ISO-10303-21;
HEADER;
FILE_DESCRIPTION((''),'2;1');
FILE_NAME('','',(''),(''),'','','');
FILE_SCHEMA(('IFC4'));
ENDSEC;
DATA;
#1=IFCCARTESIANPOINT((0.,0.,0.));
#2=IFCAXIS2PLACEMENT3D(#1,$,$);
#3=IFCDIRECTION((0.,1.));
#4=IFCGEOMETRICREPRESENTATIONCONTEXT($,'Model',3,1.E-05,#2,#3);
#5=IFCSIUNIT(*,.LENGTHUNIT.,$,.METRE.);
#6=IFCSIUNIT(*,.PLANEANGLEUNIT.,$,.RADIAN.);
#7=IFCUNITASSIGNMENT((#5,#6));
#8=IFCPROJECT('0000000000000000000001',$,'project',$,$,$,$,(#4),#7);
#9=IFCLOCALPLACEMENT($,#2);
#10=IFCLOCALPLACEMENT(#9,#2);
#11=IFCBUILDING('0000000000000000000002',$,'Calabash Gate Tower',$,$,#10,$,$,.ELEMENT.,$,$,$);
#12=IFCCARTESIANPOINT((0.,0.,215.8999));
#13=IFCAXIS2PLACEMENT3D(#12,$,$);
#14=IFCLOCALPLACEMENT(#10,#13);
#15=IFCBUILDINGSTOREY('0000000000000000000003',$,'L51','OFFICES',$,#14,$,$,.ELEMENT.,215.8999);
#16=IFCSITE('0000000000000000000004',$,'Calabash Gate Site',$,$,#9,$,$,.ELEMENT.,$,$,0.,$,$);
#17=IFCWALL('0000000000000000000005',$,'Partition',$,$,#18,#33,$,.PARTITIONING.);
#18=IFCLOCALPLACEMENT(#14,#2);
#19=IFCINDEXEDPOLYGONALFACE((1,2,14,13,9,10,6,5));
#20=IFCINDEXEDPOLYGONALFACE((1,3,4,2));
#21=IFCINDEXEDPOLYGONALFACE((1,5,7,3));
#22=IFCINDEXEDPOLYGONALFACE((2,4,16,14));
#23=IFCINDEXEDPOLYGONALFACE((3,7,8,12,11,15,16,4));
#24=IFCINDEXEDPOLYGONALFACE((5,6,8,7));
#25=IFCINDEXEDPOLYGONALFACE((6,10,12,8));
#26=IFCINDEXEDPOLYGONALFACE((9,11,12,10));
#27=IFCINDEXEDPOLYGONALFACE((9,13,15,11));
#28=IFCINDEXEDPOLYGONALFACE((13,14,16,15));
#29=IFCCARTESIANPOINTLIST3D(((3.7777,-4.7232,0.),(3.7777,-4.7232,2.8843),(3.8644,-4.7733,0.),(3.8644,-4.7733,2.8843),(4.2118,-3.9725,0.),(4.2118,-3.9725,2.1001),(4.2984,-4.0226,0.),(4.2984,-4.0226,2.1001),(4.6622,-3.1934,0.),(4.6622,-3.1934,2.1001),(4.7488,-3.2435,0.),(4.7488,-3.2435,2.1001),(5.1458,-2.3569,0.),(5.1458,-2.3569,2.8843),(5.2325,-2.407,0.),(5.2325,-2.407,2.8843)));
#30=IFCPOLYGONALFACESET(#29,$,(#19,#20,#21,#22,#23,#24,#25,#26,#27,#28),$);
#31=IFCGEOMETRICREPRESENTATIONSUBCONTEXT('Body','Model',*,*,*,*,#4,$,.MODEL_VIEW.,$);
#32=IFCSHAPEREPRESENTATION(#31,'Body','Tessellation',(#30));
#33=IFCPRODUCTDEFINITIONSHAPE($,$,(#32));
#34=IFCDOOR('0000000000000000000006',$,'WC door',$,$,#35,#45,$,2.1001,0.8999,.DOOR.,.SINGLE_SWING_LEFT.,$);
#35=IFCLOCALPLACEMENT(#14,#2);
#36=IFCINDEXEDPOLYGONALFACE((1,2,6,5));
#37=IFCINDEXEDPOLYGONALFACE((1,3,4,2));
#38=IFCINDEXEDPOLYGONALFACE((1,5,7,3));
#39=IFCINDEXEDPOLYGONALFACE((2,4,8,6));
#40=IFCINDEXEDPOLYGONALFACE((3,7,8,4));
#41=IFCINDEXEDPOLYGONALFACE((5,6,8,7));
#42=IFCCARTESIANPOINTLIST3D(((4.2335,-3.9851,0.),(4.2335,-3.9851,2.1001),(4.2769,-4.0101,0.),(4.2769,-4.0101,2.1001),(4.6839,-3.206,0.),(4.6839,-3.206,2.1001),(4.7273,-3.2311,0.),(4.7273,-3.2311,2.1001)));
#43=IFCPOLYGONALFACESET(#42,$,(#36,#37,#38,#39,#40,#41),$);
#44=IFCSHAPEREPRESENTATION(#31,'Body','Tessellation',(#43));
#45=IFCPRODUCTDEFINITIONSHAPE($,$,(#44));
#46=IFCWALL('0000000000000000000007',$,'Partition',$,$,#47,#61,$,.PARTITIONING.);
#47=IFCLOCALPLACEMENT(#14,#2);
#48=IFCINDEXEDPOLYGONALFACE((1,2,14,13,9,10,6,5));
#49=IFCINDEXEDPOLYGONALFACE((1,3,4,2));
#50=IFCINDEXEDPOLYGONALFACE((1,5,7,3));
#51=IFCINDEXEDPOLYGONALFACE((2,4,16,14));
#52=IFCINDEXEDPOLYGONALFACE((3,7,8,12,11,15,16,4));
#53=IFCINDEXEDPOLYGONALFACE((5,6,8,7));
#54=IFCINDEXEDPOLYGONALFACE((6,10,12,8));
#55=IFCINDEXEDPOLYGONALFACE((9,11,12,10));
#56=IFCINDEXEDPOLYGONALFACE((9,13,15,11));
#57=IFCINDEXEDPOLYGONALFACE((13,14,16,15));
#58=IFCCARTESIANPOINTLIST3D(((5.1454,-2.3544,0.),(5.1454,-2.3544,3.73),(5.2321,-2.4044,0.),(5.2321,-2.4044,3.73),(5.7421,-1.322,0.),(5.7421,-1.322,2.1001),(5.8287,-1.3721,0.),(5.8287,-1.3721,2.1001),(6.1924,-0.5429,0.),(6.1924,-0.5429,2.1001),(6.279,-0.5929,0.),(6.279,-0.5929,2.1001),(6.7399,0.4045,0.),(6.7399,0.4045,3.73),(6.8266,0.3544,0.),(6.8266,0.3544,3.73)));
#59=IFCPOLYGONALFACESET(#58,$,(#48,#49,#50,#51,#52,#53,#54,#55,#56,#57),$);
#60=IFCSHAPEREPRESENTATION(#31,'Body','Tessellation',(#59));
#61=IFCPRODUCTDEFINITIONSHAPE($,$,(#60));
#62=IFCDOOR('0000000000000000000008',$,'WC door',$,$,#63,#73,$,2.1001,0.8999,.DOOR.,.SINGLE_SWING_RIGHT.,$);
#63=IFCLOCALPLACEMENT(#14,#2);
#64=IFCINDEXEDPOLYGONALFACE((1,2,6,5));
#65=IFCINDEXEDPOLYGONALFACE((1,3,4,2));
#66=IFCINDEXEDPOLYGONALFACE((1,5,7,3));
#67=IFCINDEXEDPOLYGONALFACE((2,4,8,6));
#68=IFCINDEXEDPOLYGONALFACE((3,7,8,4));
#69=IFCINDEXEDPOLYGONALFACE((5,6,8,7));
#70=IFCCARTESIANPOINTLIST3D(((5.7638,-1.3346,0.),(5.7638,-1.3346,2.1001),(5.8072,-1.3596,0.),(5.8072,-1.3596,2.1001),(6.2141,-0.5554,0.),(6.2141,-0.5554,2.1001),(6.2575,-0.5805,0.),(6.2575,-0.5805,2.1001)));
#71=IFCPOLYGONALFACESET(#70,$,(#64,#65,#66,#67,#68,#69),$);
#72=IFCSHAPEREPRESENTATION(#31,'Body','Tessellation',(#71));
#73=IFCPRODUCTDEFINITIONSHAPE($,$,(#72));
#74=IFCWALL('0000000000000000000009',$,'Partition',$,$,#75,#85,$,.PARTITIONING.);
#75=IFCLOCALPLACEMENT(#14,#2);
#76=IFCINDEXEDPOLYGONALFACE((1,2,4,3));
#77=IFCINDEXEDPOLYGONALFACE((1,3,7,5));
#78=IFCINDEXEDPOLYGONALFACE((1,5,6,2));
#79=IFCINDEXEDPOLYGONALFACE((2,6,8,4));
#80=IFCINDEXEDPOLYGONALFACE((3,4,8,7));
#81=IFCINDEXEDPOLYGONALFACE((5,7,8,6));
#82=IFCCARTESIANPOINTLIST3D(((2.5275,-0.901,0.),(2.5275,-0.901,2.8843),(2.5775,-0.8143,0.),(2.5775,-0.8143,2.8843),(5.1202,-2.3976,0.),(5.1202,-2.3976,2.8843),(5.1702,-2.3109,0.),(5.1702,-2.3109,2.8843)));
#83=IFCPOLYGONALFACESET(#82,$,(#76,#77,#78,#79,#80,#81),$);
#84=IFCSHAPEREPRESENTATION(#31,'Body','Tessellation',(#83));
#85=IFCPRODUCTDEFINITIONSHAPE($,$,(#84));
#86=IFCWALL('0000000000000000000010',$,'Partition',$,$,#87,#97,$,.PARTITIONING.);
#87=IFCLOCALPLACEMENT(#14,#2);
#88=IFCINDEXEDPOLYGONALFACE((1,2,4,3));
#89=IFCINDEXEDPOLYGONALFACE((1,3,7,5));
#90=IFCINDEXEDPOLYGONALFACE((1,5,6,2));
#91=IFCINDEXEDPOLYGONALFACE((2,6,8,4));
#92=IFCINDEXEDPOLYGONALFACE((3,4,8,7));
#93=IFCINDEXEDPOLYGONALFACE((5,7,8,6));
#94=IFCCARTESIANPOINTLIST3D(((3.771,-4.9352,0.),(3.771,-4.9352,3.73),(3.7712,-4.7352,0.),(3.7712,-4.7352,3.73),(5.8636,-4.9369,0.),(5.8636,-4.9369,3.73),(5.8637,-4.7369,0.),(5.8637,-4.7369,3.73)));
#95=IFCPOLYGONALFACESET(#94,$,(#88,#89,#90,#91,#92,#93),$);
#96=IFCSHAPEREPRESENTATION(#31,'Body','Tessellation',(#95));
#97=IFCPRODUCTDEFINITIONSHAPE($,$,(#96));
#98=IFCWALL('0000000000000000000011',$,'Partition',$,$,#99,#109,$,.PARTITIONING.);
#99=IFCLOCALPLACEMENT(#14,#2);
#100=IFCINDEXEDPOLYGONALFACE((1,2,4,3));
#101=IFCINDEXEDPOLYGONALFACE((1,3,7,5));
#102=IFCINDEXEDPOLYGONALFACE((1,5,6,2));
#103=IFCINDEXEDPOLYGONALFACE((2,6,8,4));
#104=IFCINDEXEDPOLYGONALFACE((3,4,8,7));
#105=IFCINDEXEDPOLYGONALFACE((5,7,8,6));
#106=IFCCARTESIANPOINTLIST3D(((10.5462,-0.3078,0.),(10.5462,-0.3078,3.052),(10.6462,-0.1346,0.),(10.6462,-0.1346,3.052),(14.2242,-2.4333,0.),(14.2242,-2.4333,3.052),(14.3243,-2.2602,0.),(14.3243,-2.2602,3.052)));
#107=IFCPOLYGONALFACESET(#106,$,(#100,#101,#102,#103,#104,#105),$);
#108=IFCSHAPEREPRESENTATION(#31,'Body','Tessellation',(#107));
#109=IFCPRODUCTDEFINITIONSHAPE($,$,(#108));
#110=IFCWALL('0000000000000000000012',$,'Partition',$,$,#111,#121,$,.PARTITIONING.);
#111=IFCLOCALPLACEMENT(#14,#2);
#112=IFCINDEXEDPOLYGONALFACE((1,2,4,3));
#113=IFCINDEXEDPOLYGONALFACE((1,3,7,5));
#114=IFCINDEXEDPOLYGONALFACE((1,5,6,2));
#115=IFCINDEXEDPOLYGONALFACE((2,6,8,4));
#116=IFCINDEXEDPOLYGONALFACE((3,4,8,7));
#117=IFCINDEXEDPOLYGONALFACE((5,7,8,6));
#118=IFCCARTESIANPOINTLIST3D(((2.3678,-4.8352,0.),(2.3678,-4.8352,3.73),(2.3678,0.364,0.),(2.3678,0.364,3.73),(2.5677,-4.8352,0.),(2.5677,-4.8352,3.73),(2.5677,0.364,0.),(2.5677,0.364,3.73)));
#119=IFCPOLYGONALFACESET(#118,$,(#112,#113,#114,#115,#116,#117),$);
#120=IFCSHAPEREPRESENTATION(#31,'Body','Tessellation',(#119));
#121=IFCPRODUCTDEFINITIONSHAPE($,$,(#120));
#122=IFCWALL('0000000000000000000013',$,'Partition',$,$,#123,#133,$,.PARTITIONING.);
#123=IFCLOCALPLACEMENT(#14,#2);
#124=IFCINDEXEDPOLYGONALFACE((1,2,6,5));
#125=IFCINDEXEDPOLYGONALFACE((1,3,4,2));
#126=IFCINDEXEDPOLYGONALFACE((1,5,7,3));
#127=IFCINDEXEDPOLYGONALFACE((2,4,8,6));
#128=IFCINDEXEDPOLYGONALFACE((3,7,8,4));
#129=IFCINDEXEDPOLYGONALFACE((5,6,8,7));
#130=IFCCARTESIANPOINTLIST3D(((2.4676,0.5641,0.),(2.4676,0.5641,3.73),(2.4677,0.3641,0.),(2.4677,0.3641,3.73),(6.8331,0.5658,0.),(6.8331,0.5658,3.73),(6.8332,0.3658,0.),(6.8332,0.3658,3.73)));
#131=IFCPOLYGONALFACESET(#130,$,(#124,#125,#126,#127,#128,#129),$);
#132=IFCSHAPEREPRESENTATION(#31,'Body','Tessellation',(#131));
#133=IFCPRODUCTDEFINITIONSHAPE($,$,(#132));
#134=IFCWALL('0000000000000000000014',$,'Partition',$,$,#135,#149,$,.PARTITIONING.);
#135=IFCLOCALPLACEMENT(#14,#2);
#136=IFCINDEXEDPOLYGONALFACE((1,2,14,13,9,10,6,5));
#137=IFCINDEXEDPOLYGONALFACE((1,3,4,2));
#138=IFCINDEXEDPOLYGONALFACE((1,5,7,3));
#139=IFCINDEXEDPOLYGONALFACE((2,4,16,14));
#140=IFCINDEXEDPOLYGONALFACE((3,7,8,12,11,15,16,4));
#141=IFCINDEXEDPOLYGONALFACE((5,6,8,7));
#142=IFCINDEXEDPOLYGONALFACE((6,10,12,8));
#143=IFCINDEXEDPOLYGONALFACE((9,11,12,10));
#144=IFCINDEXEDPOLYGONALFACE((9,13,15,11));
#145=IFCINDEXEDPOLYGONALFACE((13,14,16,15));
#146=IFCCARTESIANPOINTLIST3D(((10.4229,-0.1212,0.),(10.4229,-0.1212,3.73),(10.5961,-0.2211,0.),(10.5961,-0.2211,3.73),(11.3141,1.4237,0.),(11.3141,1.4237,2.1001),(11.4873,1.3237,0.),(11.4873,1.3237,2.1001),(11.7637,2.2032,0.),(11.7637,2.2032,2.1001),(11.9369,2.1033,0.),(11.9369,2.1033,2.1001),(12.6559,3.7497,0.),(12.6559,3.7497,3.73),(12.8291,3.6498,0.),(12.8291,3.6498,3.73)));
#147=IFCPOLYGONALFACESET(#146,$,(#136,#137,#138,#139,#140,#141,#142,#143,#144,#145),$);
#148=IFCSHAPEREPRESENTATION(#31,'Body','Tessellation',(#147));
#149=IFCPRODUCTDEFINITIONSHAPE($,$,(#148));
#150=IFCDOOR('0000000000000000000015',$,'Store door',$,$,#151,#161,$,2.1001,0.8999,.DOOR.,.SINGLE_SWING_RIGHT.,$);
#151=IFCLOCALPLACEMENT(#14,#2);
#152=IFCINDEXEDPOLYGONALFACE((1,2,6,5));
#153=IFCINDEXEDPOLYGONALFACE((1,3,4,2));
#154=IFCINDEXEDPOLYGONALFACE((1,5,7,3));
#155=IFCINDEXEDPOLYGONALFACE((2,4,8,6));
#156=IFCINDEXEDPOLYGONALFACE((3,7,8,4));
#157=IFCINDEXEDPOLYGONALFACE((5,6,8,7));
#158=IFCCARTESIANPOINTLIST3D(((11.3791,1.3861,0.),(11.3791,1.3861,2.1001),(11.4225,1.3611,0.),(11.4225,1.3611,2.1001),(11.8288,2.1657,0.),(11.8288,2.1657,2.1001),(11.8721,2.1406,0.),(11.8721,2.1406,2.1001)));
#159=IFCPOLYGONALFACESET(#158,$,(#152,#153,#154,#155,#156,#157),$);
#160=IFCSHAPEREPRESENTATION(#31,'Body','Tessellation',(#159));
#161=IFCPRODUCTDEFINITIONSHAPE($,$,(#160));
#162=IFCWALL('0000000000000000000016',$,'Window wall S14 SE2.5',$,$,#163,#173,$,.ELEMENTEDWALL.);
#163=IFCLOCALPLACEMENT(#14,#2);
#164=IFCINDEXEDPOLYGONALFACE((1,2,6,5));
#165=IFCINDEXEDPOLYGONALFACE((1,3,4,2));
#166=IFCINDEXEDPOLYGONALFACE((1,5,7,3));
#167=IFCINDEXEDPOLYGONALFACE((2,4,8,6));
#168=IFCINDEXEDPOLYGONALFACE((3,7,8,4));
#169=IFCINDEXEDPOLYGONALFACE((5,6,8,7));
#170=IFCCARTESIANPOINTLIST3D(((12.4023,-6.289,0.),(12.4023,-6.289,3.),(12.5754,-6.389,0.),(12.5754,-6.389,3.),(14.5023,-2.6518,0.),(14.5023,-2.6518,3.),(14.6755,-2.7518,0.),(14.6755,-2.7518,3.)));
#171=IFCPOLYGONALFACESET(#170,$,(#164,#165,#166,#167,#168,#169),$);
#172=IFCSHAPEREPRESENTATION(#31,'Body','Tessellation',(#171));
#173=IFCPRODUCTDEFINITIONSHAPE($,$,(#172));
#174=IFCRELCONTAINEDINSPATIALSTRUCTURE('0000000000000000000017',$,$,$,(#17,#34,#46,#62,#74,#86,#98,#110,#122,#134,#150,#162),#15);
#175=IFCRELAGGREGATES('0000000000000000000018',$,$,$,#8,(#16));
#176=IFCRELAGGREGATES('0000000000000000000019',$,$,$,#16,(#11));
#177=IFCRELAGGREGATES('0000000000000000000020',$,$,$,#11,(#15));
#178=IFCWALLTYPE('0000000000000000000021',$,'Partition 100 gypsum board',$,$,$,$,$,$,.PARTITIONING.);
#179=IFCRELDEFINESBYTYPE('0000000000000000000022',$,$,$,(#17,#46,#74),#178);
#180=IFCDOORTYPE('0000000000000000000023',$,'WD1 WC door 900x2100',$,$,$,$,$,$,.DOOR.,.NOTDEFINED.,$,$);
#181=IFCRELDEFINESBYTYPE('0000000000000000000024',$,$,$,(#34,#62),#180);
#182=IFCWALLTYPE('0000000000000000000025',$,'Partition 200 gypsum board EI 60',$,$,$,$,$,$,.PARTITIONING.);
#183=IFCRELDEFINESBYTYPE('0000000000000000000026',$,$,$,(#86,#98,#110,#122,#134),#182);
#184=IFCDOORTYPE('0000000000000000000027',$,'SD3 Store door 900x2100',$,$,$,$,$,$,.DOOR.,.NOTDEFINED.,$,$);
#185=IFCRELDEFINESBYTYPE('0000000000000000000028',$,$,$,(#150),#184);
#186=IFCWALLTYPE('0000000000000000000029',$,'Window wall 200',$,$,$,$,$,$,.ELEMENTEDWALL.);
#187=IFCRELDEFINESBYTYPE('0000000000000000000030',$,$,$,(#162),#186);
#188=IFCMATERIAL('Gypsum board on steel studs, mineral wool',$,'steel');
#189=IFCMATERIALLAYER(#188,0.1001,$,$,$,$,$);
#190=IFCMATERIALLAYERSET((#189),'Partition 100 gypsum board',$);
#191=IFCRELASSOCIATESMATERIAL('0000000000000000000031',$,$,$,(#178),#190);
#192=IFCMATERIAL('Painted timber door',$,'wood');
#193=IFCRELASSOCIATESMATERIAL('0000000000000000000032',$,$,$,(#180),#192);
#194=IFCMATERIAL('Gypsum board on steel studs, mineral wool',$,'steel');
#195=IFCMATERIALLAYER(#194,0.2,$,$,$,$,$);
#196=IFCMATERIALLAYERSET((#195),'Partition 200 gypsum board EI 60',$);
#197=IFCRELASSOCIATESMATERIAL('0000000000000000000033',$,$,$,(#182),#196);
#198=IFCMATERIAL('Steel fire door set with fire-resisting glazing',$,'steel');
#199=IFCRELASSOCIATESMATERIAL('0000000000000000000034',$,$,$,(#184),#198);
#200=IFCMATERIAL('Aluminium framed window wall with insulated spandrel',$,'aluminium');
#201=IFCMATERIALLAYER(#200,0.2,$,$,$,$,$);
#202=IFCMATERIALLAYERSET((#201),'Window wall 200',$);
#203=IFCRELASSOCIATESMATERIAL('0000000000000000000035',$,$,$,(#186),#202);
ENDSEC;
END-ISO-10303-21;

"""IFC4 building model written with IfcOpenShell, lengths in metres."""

from ifc_helpers import new_model, si_unit, direction, frame, frame_2d, origin, place, context, subcontext, project, spatial, rectangle, extrude, material, layer, layer_set, type_object, element, fill, save


model = new_model("IFC4")

# Units and contexts
model_context = context("Model", 3, precision=1e-05, world=origin(), true_north=direction((0.0, 1.0)))
body_context = subcontext(model_context, "Body", "Model", "MODEL_VIEW")
ifc_project = project(units=[si_unit("LENGTHUNIT", "METRE"), si_unit("PLANEANGLEUNIT", "RADIAN")], contexts=[model_context])

# Site, building, storey
site_placement = place(None, origin())
site = spatial("IfcSite", under=ifc_project, at=site_placement, Name="Calabash Gate Site", CompositionType="ELEMENT", RefElevation=0.0)
building_placement = place(site_placement, origin())
building = spatial("IfcBuilding", under=site, at=building_placement, Name="Calabash Gate Tower", CompositionType="ELEMENT")
storey_placement = place(building_placement, frame((0.0, 0.0, 215.8999)))
storey = spatial("IfcBuildingStorey", under=building, at=storey_placement, Name="L51", Description="OFFICES", CompositionType="ELEMENT", Elevation=215.8999)

# Walls, openings, doors
ifc_material_1 = material(Name="Gypsum board on steel studs, mineral wool", Category="steel")
ifc_layer_1 = layer(ifc_material_1, 0.1001)
ifc_layer_set_1 = layer_set([ifc_layer_1], Name="Partition 100 gypsum board")
wall_type_1 = type_object("IfcWallType", Name="Partition 100 gypsum board", PredefinedType="PARTITIONING", material=ifc_layer_set_1)
wall_1_placement = place(storey_placement, frame((3.821, -4.7483, 0.0), z_axis=(0.0, 0.0, 1.0), x_axis=(0.500519, 0.865726, 0.0)))
wall_1 = element("IfcWall", 1, at=wall_1_placement, inside=storey, type_object=wall_type_1, Name="Partition", PredefinedType="PARTITIONING", context=body_context, shape_type="SweptSolid", body=[
    extrude(rectangle(XDim=2.7334, YDim=0.1001, at=frame_2d((1.3667, 0.0))), origin(), (0.0, 0.0, 1.0), 2.8843),
])
opening_1_placement = place(wall_1_placement, frame((0.8672, 0.0, 0.0)))
opening_1 = element("IfcOpeningElement", 2, at=opening_1_placement, cuts=wall_1, PredefinedType="OPENING", context=body_context, shape_type="SweptSolid", body=[
    extrude(rectangle(XDim=0.8999, YDim=2.1001, at=frame_2d((0.45, 1.05))), frame((0.0, 0.0601, 0.0), z_axis=(0.0, -1.0, 0.0), x_axis=(1.0, 0.0, 0.0)), (0.0, 0.0, 1.0), 0.1201),
])
ifc_material_2 = material(Name="Painted timber door", Category="wood")
door_type_1 = type_object("IfcDoorType", Name="WD1 WC door 900x2100", OperationType="NOTDEFINED", PredefinedType="DOOR", material=ifc_material_2)
door_1_placement = place(opening_1_placement, origin())
door_1 = element("IfcDoor", 3, at=door_1_placement, inside=storey, type_object=door_type_1, Name="WC door", OperationType="SINGLE_SWING_LEFT", OverallHeight=2.1001, OverallWidth=0.8999, PredefinedType="DOOR", context=body_context, shape_type="SweptSolid", body=[
    extrude(rectangle(XDim=0.8999, YDim=2.1001, at=frame_2d((0.45, 1.05))), frame((0.0, 0.0249, 0.0), z_axis=(0.0, -1.0, 0.0), x_axis=(1.0, 0.0, 0.0)), (0.0, 0.0, 1.0), 0.05),
])
fill(opening_1, door_1)
wall_2_placement = place(storey_placement, frame((5.1887, -2.3794, 0.0), z_axis=(0.0, 0.0, 1.0), x_axis=(0.500399, 0.865795, 0.0)))
wall_2 = element("IfcWall", 4, at=wall_2_placement, inside=storey, type_object=wall_type_1, Name="Partition", PredefinedType="PARTITIONING", context=body_context, shape_type="SweptSolid", body=[
    extrude(rectangle(XDim=3.1865, YDim=0.1001, at=frame_2d((1.5933, 0.0))), origin(), (0.0, 0.0, 1.0), 3.73),
])
opening_2_placement = place(wall_2_placement, frame((1.1924, 0.0, 0.0)))
opening_2 = element("IfcOpeningElement", 5, at=opening_2_placement, cuts=wall_2, PredefinedType="OPENING", context=body_context, shape_type="SweptSolid", body=[
    extrude(rectangle(XDim=0.8999, YDim=2.1001, at=frame_2d((0.45, 1.05))), frame((0.0, 0.0601, 0.0), z_axis=(0.0, -1.0, 0.0), x_axis=(1.0, 0.0, 0.0)), (0.0, 0.0, 1.0), 0.1201),
])
door_2_placement = place(opening_2_placement, origin())
door_2 = element("IfcDoor", 6, at=door_2_placement, inside=storey, type_object=door_type_1, Name="WC door", OperationType="SINGLE_SWING_RIGHT", OverallHeight=2.1001, OverallWidth=0.8999, PredefinedType="DOOR", context=body_context, shape_type="SweptSolid", body=[
    extrude(rectangle(XDim=0.8999, YDim=2.1001, at=frame_2d((0.45, 1.05))), frame((0.0, 0.0249, 0.0), z_axis=(0.0, -1.0, 0.0), x_axis=(1.0, 0.0, 0.0)), (0.0, 0.0, 1.0), 0.05),
])
fill(opening_2, door_2)

# Walls
wall_3_placement = place(storey_placement, frame((2.5525, -0.8577, 0.0), z_axis=(0.0, 0.0, 1.0), x_axis=(0.866077, -0.499911, 0.0)))
element("IfcWall", 7, at=wall_3_placement, inside=storey, type_object=wall_type_1, Name="Partition", PredefinedType="PARTITIONING", context=body_context, shape_type="SweptSolid", body=[
    extrude(rectangle(XDim=2.9937, YDim=0.1001, at=frame_2d((1.4968, 0.0))), origin(), (0.0, 0.0, 1.0), 2.8843),
])
ifc_material_3 = material(Name="Gypsum board on steel studs, mineral wool", Category="steel")
ifc_layer_2 = layer(ifc_material_3, 0.2)
ifc_layer_set_2 = layer_set([ifc_layer_2], Name="Partition 200 gypsum board EI 60")
wall_type_2 = type_object("IfcWallType", Name="Partition 200 gypsum board EI 60", PredefinedType="PARTITIONING", material=ifc_layer_set_2)
wall_4_placement = place(storey_placement, frame((3.771, -4.8352, 0.0), z_axis=(0.0, 0.0, 1.0), x_axis=(1.0, -0.000817, 0.0)))
element("IfcWall", 8, at=wall_4_placement, inside=storey, type_object=wall_type_2, Name="Partition", PredefinedType="PARTITIONING", context=body_context, shape_type="SweptSolid", body=[
    extrude(rectangle(XDim=2.0925, YDim=0.2, at=frame_2d((1.0464, 0.0))), origin(), (0.0, 0.0, 1.0), 3.73),
])
wall_5_placement = place(storey_placement, frame((10.5962, -0.2212, 0.0), z_axis=(0.0, 0.0, 1.0), x_axis=(0.865821, -0.500354, 0.0)))
element("IfcWall", 9, at=wall_5_placement, inside=storey, type_object=wall_type_2, Name="Partition", PredefinedType="PARTITIONING", context=body_context, shape_type="SweptSolid", body=[
    extrude(rectangle(XDim=4.248, YDim=0.2, at=frame_2d((2.124, 0.0))), origin(), (0.0, 0.0, 1.0), 3.052),
])
wall_6_placement = place(storey_placement, frame((2.4678, -4.8352, 0.0), z_axis=(0.0, 0.0, 1.0), x_axis=(0.0, 1.0, 0.0)))
element("IfcWall", 10, at=wall_6_placement, inside=storey, type_object=wall_type_2, Name="Partition", PredefinedType="PARTITIONING", context=body_context, shape_type="SweptSolid", body=[
    extrude(rectangle(XDim=5.1992, YDim=0.2, at=frame_2d((2.5996, 0.0))), origin(), (0.0, 0.0, 1.0), 3.73),
])
wall_7_placement = place(storey_placement, frame((2.4678, 0.4641, 0.0), z_axis=(0.0, 0.0, 1.0), x_axis=(1.0, 0.000391, 0.0)))
element("IfcWall", 11, at=wall_7_placement, inside=storey, type_object=wall_type_2, Name="Partition", PredefinedType="PARTITIONING", context=body_context, shape_type="SweptSolid", body=[
    extrude(rectangle(XDim=4.3655, YDim=0.2, at=frame_2d((2.1826, 0.0))), origin(), (0.0, 0.0, 1.0), 3.73),
])

# Wall, opening, door
wall_8_placement = place(storey_placement, frame((10.5095, -0.1711, 0.0), z_axis=(0.0, 0.0, 1.0), x_axis=(0.499677, 0.866212, 0.0)))
wall_8 = element("IfcWall", 12, at=wall_8_placement, inside=storey, type_object=wall_type_2, Name="Partition", PredefinedType="PARTITIONING", context=body_context, shape_type="SweptSolid", body=[
    extrude(rectangle(XDim=4.4688, YDim=0.2, at=frame_2d((2.2344, 0.0))), origin(), (0.0, 0.0, 1.0), 3.73),
])
opening_3_placement = place(wall_8_placement, frame((1.7834, 0.0, 0.0)))
opening_3 = element("IfcOpeningElement", 13, at=opening_3_placement, cuts=wall_8, PredefinedType="OPENING", context=body_context, shape_type="SweptSolid", body=[
    extrude(rectangle(XDim=0.8999, YDim=2.1001, at=frame_2d((0.45, 1.05))), frame((0.0, 0.1099, 0.0), z_axis=(0.0, -1.0, 0.0), x_axis=(1.0, 0.0, 0.0)), (0.0, 0.0, 1.0), 0.22),
])
ifc_material_4 = material(Name="Steel fire door set with fire-resisting glazing", Category="steel")
door_type_2 = type_object("IfcDoorType", Name="SD3 Store door 900x2100", OperationType="NOTDEFINED", PredefinedType="DOOR", material=ifc_material_4)
door_3_placement = place(opening_3_placement, origin())
door_3 = element("IfcDoor", 14, at=door_3_placement, inside=storey, type_object=door_type_2, Name="Store door", OperationType="SINGLE_SWING_RIGHT", OverallHeight=2.1001, OverallWidth=0.8999, PredefinedType="DOOR", context=body_context, shape_type="SweptSolid", body=[
    extrude(rectangle(XDim=0.8999, YDim=2.1001, at=frame_2d((0.45, 1.05))), frame((0.0, 0.0249, 0.0), z_axis=(0.0, -1.0, 0.0), x_axis=(1.0, 0.0, 0.0)), (0.0, 0.0, 1.0), 0.05),
])
fill(opening_3, door_3)

# Wall
ifc_material_5 = material(Name="Aluminium framed window wall with insulated spandrel", Category="aluminium")
ifc_layer_3 = layer(ifc_material_5, 0.2)
ifc_layer_set_3 = layer_set([ifc_layer_3], Name="Window wall 200")
wall_type_3 = type_object("IfcWallType", Name="Window wall 200", PredefinedType="ELEMENTEDWALL", material=ifc_layer_set_3)
for number, where, z_axis, x_axis, name in (
    (15, (12.4888, -6.3391, 0.0), (0.0, 0.0, 1.0), (0.500028, 0.866009, 0.0), "Window wall S14 SE2.5"),
):
    element("IfcWall", number, at=place(storey_placement, frame(where, z_axis=z_axis, x_axis=x_axis)), inside=storey, type_object=wall_type_3, Name=name, PredefinedType="ELEMENTEDWALL", context=body_context, shape_type="SweptSolid", body=[
        extrude(rectangle(XDim=4.2, YDim=0.2, at=frame_2d((2.1001, 0.0))), origin(), (0.0, 0.0, 1.0), 3.0),
    ])

save(model, "model.ifc")
